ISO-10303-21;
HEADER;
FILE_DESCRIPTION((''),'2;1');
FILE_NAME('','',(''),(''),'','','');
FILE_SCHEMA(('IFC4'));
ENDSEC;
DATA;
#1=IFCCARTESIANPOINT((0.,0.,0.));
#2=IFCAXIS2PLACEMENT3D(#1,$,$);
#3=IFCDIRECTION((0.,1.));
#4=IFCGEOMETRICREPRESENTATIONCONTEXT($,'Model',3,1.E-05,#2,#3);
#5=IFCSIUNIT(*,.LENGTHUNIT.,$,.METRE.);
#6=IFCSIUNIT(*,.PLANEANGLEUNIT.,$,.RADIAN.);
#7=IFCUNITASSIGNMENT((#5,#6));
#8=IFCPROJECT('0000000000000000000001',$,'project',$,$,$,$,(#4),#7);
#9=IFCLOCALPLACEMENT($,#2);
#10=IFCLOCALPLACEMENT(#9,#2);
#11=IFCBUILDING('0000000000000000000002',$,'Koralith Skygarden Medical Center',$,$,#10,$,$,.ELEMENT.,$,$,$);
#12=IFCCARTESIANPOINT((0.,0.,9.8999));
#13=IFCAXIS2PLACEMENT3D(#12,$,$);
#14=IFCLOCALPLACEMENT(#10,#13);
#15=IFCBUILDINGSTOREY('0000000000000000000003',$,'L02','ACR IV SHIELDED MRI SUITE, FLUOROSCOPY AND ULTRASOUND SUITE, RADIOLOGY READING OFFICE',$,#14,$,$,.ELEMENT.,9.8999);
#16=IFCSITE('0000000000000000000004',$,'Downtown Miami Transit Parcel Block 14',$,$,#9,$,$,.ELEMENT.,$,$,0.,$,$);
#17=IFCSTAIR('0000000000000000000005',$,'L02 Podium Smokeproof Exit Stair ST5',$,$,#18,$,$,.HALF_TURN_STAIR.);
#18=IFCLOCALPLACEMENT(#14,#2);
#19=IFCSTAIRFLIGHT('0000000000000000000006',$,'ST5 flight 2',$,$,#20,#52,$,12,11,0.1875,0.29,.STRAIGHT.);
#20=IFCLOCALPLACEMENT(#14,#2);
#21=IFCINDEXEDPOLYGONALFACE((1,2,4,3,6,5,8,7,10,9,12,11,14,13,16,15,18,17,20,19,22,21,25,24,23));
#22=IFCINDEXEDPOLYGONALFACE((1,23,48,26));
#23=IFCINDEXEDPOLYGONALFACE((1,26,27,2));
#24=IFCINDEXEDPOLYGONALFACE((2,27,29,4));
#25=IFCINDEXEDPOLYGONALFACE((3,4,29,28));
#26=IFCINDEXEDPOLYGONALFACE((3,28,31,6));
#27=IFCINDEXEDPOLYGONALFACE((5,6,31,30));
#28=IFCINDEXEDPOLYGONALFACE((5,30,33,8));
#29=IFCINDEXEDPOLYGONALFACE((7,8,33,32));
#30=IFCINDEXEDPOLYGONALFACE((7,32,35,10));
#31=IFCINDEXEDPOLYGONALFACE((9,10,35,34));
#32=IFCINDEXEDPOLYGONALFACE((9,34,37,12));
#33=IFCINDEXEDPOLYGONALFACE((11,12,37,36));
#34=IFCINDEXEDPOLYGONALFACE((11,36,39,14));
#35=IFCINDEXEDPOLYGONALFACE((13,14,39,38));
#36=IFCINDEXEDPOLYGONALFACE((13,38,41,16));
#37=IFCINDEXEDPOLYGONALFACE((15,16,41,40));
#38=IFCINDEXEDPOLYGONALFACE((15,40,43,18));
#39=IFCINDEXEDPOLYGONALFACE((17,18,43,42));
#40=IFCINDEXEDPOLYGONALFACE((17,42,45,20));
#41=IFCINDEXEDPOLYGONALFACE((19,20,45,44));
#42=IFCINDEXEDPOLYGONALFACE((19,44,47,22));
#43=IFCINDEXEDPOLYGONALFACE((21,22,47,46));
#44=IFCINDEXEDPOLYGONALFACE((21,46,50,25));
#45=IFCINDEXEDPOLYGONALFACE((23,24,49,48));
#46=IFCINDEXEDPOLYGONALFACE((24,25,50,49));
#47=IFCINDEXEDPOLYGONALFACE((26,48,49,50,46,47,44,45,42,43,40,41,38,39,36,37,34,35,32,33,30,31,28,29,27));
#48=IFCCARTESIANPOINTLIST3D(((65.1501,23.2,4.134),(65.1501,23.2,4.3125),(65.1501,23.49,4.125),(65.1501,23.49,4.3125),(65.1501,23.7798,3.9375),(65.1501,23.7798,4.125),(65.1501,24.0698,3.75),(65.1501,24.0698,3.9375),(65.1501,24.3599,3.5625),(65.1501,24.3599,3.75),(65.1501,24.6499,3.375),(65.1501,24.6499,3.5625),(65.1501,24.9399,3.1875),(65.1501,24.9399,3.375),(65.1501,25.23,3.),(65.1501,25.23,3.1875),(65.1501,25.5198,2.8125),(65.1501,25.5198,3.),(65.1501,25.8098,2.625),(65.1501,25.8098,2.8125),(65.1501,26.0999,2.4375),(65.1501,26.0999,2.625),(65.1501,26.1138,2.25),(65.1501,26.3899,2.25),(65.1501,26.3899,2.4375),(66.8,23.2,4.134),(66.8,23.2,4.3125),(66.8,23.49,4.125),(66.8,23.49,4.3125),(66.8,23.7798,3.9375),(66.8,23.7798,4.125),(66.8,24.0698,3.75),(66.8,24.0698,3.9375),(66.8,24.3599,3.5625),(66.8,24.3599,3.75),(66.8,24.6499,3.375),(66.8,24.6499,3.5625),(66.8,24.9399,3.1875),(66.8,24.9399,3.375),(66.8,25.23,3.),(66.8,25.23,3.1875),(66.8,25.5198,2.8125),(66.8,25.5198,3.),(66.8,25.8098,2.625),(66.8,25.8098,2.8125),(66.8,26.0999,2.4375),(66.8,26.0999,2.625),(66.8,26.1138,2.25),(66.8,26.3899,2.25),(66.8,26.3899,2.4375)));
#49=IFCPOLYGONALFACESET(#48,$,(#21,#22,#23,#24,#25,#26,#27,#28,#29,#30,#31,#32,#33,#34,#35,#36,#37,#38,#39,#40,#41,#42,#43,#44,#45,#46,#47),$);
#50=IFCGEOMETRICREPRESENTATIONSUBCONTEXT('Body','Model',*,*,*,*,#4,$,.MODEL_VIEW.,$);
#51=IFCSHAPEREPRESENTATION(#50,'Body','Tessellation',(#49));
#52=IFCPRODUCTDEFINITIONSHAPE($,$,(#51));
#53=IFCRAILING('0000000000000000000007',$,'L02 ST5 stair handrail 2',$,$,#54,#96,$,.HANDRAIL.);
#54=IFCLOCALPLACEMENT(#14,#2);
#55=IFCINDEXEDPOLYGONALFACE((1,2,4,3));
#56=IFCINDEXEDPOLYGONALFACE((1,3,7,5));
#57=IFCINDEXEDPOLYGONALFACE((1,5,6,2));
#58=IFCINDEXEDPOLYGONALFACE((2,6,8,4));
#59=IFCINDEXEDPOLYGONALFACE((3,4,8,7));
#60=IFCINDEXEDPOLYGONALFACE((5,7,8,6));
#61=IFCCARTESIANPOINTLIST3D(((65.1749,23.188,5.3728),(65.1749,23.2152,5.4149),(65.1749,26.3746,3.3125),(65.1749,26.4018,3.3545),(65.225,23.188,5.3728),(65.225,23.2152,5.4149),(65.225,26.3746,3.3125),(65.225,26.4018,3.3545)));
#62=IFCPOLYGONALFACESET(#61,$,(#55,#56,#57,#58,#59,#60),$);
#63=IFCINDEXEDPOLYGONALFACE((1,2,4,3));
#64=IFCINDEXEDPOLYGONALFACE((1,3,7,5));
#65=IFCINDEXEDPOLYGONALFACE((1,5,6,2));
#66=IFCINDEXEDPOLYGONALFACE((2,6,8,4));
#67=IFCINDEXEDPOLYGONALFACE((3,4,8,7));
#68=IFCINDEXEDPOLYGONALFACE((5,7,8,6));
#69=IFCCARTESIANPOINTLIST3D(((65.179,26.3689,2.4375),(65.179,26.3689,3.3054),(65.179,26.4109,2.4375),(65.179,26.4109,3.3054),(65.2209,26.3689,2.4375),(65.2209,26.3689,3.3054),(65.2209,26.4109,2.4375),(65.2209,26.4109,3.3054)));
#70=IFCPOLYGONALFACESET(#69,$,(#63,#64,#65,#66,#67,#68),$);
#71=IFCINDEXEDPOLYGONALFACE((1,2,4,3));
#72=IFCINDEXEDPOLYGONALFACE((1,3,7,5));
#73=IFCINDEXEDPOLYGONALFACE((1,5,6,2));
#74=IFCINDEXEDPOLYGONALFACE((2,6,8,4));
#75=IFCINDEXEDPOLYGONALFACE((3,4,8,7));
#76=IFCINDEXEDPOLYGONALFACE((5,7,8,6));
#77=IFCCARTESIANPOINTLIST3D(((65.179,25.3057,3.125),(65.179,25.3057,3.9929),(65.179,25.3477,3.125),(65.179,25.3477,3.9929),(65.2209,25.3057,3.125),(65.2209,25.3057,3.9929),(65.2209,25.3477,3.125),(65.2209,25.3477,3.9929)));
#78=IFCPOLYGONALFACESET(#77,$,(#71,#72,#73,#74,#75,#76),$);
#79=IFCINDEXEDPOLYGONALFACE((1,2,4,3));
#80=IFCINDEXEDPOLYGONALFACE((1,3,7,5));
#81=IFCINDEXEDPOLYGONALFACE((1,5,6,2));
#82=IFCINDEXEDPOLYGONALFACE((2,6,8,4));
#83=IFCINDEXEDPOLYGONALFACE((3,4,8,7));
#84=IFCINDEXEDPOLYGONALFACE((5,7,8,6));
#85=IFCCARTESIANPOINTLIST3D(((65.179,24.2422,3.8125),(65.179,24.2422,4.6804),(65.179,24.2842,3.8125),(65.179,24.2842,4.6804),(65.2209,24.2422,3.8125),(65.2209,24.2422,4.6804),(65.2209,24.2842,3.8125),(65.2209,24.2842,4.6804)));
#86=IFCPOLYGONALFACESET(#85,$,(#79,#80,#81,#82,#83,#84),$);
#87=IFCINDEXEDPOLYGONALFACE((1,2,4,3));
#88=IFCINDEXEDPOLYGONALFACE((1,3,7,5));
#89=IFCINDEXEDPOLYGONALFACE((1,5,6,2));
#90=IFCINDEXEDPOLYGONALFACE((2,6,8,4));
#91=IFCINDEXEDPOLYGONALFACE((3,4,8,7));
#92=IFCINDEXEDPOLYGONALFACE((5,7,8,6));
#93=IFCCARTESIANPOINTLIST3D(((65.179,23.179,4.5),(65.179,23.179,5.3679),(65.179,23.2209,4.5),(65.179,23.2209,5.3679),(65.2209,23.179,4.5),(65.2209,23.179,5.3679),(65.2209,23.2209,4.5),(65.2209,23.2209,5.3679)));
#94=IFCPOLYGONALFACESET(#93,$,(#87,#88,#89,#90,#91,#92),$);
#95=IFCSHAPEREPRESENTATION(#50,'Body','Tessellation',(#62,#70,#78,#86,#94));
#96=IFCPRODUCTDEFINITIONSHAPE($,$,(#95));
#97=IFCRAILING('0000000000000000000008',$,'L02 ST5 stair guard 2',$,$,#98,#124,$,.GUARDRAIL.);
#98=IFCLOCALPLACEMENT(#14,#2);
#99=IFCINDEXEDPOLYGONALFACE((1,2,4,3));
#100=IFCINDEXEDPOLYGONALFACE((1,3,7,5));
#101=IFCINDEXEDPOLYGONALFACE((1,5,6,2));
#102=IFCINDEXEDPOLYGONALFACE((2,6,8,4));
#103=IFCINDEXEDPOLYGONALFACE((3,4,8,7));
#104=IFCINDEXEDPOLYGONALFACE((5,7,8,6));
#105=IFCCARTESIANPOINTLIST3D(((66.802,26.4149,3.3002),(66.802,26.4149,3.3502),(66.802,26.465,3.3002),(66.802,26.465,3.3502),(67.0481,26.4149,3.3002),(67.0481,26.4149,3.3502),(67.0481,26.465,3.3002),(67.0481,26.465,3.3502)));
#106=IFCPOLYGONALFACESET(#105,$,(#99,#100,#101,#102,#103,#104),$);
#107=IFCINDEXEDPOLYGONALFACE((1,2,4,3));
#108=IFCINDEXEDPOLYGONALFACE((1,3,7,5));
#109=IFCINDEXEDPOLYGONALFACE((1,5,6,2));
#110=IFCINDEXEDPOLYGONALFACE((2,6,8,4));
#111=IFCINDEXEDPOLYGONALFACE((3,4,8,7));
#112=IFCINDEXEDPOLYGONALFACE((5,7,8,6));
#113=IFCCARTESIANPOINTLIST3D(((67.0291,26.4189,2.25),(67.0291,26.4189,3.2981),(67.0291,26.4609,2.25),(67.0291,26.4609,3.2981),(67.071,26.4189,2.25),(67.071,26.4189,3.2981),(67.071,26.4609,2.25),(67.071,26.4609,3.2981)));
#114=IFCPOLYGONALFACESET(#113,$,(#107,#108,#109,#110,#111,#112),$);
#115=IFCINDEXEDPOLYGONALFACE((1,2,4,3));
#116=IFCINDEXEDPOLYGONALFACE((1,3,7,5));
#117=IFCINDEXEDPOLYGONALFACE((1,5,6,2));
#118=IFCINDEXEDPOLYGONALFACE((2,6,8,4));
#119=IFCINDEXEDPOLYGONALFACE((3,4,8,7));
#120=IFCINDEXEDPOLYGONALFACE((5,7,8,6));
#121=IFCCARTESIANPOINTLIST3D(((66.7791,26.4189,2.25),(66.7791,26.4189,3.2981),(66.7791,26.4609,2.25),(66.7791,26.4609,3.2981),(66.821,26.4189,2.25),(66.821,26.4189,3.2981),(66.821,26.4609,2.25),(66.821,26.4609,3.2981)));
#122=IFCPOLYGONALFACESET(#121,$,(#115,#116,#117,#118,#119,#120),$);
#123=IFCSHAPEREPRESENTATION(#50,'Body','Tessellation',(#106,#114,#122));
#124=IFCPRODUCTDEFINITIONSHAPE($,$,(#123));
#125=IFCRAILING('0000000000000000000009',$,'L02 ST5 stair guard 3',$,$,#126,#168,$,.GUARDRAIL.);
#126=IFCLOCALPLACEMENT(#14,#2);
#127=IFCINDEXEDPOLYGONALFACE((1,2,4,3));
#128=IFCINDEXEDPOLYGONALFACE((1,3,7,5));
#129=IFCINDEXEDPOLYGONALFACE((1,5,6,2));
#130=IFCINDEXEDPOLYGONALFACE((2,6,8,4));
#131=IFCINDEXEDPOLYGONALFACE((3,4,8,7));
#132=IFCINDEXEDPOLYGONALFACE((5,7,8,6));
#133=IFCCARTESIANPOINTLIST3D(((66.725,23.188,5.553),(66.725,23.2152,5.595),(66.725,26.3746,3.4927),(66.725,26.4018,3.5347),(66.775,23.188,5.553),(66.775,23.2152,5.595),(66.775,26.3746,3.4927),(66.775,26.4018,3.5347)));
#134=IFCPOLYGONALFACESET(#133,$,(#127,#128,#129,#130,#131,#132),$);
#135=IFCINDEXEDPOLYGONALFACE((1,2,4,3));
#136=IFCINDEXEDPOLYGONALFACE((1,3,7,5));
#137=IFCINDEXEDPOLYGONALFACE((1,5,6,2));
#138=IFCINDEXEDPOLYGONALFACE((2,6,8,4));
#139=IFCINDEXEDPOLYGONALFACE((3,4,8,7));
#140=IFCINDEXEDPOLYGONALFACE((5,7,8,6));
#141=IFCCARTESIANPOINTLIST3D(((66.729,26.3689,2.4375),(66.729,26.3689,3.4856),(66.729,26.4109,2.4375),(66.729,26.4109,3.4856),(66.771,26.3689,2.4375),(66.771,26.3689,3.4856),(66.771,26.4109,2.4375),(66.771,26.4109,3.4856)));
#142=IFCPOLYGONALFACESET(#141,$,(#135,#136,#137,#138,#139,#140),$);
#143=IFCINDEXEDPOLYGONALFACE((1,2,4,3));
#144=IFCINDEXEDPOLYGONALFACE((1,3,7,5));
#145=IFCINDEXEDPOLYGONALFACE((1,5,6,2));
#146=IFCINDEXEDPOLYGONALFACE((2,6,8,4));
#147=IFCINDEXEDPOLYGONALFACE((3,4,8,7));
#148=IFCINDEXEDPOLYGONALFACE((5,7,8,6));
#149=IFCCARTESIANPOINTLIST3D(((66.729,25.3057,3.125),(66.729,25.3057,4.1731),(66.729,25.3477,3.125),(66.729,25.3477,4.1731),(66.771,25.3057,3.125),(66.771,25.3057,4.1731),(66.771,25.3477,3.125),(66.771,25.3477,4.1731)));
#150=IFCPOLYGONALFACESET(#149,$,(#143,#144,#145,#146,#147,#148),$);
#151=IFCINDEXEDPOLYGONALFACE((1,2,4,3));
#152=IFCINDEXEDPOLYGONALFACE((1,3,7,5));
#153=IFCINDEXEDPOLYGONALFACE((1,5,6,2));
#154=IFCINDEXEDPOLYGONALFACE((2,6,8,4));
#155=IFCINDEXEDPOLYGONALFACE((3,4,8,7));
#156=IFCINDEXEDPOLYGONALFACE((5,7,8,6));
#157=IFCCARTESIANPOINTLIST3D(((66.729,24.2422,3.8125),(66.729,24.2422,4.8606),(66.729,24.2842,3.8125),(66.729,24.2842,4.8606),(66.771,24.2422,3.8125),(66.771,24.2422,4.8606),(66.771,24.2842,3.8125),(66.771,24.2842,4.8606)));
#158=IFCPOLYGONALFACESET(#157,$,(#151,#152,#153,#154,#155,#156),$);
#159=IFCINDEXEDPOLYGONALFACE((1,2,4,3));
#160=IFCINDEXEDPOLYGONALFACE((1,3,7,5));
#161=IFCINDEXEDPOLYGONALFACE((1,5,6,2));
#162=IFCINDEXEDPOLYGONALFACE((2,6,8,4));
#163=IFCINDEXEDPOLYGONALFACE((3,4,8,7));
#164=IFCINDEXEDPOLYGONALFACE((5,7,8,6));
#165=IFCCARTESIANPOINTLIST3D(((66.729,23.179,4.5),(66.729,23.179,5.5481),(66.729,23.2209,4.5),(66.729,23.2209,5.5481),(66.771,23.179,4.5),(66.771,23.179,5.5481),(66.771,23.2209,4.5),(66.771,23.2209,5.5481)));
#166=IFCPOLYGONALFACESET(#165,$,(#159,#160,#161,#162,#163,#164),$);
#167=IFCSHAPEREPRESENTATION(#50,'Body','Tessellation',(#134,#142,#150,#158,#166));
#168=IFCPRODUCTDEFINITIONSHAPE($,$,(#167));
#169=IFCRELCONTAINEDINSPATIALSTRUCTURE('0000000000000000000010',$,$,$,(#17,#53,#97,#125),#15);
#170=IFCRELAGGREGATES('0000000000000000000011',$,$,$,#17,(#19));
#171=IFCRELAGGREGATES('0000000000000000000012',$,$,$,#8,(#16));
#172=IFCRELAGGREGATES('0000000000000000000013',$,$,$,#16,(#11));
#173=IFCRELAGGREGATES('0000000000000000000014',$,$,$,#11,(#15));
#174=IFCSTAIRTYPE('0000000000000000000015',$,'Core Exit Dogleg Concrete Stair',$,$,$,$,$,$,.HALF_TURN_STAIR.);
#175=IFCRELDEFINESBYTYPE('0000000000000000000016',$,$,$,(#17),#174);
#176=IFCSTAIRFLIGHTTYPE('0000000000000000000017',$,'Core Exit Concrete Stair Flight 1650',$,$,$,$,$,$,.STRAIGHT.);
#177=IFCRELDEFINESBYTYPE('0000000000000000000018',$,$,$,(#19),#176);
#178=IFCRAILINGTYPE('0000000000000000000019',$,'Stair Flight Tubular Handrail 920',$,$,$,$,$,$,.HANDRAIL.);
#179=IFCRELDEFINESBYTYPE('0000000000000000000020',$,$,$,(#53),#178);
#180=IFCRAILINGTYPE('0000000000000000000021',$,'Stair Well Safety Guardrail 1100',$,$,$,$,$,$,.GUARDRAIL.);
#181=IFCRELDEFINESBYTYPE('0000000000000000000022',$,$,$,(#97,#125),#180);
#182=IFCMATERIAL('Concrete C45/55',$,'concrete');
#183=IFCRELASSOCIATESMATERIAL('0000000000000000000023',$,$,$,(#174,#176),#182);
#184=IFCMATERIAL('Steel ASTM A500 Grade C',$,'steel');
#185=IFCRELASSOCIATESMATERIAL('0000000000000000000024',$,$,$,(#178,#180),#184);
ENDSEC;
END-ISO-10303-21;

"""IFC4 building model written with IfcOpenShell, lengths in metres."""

from ifc_helpers import new_model, si_unit, direction, frame, origin, origin_2d, place, context, subcontext, project, spatial, polyline, rectangle, outline, extrude, material, type_object, element, aggregate, save


model = new_model("IFC4")

# Units and contexts
model_context = context("Model", 3, precision=1e-05, world=origin(), true_north=direction((0.0, 1.0)))
body_context = subcontext(model_context, "Body", "Model", "MODEL_VIEW")
ifc_project = project(units=[si_unit("LENGTHUNIT", "METRE"), si_unit("PLANEANGLEUNIT", "RADIAN")], contexts=[model_context])

# Site, building, storey
site_placement = place(None, origin())
site = spatial("IfcSite", under=ifc_project, at=site_placement, Name="Downtown Miami Transit Parcel Block 14", CompositionType="ELEMENT", RefElevation=0.0)
building_placement = place(site_placement, origin())
building = spatial("IfcBuilding", under=site, at=building_placement, Name="Koralith Skygarden Medical Center", CompositionType="ELEMENT")
storey_placement = place(building_placement, frame((0.0, 0.0, 9.8999)))
storey = spatial("IfcBuildingStorey", under=building, at=storey_placement, Name="L02", Description="ACR IV SHIELDED MRI SUITE, FLUOROSCOPY AND ULTRASOUND SUITE, RADIOLOGY READING OFFICE", CompositionType="ELEMENT", Elevation=9.8999)

# Shared definitions
ifc_material_1 = material(Name="Concrete C45/55", Category="concrete")

# Stair, stair flight
stair_type = type_object("IfcStairType", Name="Core Exit Dogleg Concrete Stair", PredefinedType="HALF_TURN_STAIR", material=ifc_material_1)
stair_placement = place(storey_placement, origin())
stair = element("IfcStair", 1, at=stair_placement, inside=storey, type_object=stair_type, Name="L02 Podium Smokeproof Exit Stair ST5", PredefinedType="HALF_TURN_STAIR")
stair_flight_type = type_object("IfcStairFlightType", Name="Core Exit Concrete Stair Flight 1650", PredefinedType="STRAIGHT", material=ifc_material_1)
stair_flight_placement = place(storey_placement, frame((65.9751, 26.3899, 2.25), z_axis=(0.0, 0.0, 1.0), x_axis=(0.0, -1.0, 0.0)))
stair_flight = element("IfcStairFlight", 2, at=stair_flight_placement, type_object=stair_flight_type, Name="ST5 flight 2", NumberOfRisers=12, NumberOfTreads=11, PredefinedType="STRAIGHT", RiserHeight=0.1875, TreadLength=0.29, context=body_context, shape_type="SweptSolid", body=[
    extrude(outline(polyline([(0.0, 0.0), (0.0, 0.1875), (0.29, 0.1875), (0.29, 0.375), (0.5801, 0.375), (0.5801, 0.5625), (0.8701, 0.5625), (0.8701, 0.75), (1.1599, 0.75), (1.1599, 0.9375), (1.45, 0.9375), (1.45, 1.125), (1.74, 1.125), (1.74, 1.3125), (2.03, 1.3125), (2.03, 1.5), (2.3201, 1.5), (2.3201, 1.6875), (2.6101, 1.6875), (2.6101, 1.875), (2.8999, 1.875), (2.8999, 2.0625), (3.1899, 2.0625), (3.1899, 2.25), (3.1899, 1.884), (0.2761, 0.0), (0.0, 0.0)])), frame((0.0, 0.825, 0.0), z_axis=(0.0, -1.0, 0.0), x_axis=(1.0, 0.0, 0.0)), (0.0, 0.0, 1.0), 1.6499),
])
aggregate(stair, [stair_flight])

# Railings
ifc_material_2 = material(Name="Steel ASTM A500 Grade C", Category="steel")
railing_type_1 = type_object("IfcRailingType", Name="Stair Flight Tubular Handrail 920", PredefinedType="HANDRAIL", material=ifc_material_2)
railing_1_placement = place(storey_placement, frame((65.2, 26.3899, 2.4375)))
element("IfcRailing", 3, at=railing_1_placement, inside=storey, type_object=railing_type_1, Name="L02 ST5 stair handrail 2", PredefinedType="HANDRAIL", context=body_context, shape_type="SweptSolid", body=[
    extrude(rectangle(XDim=0.05, YDim=0.05, at=origin_2d()), frame((0.0, -0.0017, 0.896), z_axis=(0.0, -0.83976, 0.542958), x_axis=(1.0, 0.0, 0.0)), (0.0, 0.0, 1.0), 3.7947),
    extrude(rectangle(XDim=0.042, YDim=0.042, at=origin_2d()), origin(), (0.0, 0.0, 1.0), 0.8679),
    extrude(rectangle(XDim=0.042, YDim=0.042, at=origin_2d()), frame((0.0, -1.0632, 0.6875)), (0.0, 0.0, 1.0), 0.8679),
    extrude(rectangle(XDim=0.042, YDim=0.042, at=origin_2d()), frame((0.0, -2.1267, 1.375)), (0.0, 0.0, 1.0), 0.8679),
    extrude(rectangle(XDim=0.042, YDim=0.042, at=origin_2d()), frame((0.0, -3.1899, 2.0625)), (0.0, 0.0, 1.0), 0.8679),
])
railing_type_2 = type_object("IfcRailingType", Name="Stair Well Safety Guardrail 1100", PredefinedType="GUARDRAIL", material=ifc_material_2)
railing_2_placement = place(storey_placement, frame((67.05, 26.4399, 2.25)))
element("IfcRailing", 4, at=railing_2_placement, inside=storey, type_object=railing_type_2, Name="L02 ST5 stair guard 2", PredefinedType="GUARDRAIL", context=body_context, shape_type="SweptSolid", body=[
    extrude(rectangle(XDim=0.05, YDim=0.05, at=origin_2d()), frame((-0.002, 0.0, 1.0752), z_axis=(-1.0, 0.0, 0.0), x_axis=(0.0, -1.0, 0.0)), (0.0, 0.0, 1.0), 0.2461),
    extrude(rectangle(XDim=0.042, YDim=0.042, at=origin_2d()), origin(), (0.0, 0.0, 1.0), 1.0481),
    extrude(rectangle(XDim=0.042, YDim=0.042, at=origin_2d()), frame((-0.25, 0.0, 0.0)), (0.0, 0.0, 1.0), 1.0481),
])
railing_3_placement = place(storey_placement, frame((66.75, 26.3899, 2.4375)))
element("IfcRailing", 5, at=railing_3_placement, inside=storey, type_object=railing_type_2, Name="L02 ST5 stair guard 3", PredefinedType="GUARDRAIL", context=body_context, shape_type="SweptSolid", body=[
    extrude(rectangle(XDim=0.05, YDim=0.05, at=origin_2d()), frame((0.0, -0.0017, 1.0762), z_axis=(0.0, -0.83976, 0.542958), x_axis=(1.0, 0.0, 0.0)), (0.0, 0.0, 1.0), 3.7947),
    extrude(rectangle(XDim=0.042, YDim=0.042, at=origin_2d()), origin(), (0.0, 0.0, 1.0), 1.0481),
    extrude(rectangle(XDim=0.042, YDim=0.042, at=origin_2d()), frame((0.0, -1.0632, 0.6875)), (0.0, 0.0, 1.0), 1.0481),
    extrude(rectangle(XDim=0.042, YDim=0.042, at=origin_2d()), frame((0.0, -2.1267, 1.375)), (0.0, 0.0, 1.0), 1.0481),
    extrude(rectangle(XDim=0.042, YDim=0.042, at=origin_2d()), frame((0.0, -3.1899, 2.0625)), (0.0, 0.0, 1.0), 1.0481),
])

save(model, "model.ifc")
